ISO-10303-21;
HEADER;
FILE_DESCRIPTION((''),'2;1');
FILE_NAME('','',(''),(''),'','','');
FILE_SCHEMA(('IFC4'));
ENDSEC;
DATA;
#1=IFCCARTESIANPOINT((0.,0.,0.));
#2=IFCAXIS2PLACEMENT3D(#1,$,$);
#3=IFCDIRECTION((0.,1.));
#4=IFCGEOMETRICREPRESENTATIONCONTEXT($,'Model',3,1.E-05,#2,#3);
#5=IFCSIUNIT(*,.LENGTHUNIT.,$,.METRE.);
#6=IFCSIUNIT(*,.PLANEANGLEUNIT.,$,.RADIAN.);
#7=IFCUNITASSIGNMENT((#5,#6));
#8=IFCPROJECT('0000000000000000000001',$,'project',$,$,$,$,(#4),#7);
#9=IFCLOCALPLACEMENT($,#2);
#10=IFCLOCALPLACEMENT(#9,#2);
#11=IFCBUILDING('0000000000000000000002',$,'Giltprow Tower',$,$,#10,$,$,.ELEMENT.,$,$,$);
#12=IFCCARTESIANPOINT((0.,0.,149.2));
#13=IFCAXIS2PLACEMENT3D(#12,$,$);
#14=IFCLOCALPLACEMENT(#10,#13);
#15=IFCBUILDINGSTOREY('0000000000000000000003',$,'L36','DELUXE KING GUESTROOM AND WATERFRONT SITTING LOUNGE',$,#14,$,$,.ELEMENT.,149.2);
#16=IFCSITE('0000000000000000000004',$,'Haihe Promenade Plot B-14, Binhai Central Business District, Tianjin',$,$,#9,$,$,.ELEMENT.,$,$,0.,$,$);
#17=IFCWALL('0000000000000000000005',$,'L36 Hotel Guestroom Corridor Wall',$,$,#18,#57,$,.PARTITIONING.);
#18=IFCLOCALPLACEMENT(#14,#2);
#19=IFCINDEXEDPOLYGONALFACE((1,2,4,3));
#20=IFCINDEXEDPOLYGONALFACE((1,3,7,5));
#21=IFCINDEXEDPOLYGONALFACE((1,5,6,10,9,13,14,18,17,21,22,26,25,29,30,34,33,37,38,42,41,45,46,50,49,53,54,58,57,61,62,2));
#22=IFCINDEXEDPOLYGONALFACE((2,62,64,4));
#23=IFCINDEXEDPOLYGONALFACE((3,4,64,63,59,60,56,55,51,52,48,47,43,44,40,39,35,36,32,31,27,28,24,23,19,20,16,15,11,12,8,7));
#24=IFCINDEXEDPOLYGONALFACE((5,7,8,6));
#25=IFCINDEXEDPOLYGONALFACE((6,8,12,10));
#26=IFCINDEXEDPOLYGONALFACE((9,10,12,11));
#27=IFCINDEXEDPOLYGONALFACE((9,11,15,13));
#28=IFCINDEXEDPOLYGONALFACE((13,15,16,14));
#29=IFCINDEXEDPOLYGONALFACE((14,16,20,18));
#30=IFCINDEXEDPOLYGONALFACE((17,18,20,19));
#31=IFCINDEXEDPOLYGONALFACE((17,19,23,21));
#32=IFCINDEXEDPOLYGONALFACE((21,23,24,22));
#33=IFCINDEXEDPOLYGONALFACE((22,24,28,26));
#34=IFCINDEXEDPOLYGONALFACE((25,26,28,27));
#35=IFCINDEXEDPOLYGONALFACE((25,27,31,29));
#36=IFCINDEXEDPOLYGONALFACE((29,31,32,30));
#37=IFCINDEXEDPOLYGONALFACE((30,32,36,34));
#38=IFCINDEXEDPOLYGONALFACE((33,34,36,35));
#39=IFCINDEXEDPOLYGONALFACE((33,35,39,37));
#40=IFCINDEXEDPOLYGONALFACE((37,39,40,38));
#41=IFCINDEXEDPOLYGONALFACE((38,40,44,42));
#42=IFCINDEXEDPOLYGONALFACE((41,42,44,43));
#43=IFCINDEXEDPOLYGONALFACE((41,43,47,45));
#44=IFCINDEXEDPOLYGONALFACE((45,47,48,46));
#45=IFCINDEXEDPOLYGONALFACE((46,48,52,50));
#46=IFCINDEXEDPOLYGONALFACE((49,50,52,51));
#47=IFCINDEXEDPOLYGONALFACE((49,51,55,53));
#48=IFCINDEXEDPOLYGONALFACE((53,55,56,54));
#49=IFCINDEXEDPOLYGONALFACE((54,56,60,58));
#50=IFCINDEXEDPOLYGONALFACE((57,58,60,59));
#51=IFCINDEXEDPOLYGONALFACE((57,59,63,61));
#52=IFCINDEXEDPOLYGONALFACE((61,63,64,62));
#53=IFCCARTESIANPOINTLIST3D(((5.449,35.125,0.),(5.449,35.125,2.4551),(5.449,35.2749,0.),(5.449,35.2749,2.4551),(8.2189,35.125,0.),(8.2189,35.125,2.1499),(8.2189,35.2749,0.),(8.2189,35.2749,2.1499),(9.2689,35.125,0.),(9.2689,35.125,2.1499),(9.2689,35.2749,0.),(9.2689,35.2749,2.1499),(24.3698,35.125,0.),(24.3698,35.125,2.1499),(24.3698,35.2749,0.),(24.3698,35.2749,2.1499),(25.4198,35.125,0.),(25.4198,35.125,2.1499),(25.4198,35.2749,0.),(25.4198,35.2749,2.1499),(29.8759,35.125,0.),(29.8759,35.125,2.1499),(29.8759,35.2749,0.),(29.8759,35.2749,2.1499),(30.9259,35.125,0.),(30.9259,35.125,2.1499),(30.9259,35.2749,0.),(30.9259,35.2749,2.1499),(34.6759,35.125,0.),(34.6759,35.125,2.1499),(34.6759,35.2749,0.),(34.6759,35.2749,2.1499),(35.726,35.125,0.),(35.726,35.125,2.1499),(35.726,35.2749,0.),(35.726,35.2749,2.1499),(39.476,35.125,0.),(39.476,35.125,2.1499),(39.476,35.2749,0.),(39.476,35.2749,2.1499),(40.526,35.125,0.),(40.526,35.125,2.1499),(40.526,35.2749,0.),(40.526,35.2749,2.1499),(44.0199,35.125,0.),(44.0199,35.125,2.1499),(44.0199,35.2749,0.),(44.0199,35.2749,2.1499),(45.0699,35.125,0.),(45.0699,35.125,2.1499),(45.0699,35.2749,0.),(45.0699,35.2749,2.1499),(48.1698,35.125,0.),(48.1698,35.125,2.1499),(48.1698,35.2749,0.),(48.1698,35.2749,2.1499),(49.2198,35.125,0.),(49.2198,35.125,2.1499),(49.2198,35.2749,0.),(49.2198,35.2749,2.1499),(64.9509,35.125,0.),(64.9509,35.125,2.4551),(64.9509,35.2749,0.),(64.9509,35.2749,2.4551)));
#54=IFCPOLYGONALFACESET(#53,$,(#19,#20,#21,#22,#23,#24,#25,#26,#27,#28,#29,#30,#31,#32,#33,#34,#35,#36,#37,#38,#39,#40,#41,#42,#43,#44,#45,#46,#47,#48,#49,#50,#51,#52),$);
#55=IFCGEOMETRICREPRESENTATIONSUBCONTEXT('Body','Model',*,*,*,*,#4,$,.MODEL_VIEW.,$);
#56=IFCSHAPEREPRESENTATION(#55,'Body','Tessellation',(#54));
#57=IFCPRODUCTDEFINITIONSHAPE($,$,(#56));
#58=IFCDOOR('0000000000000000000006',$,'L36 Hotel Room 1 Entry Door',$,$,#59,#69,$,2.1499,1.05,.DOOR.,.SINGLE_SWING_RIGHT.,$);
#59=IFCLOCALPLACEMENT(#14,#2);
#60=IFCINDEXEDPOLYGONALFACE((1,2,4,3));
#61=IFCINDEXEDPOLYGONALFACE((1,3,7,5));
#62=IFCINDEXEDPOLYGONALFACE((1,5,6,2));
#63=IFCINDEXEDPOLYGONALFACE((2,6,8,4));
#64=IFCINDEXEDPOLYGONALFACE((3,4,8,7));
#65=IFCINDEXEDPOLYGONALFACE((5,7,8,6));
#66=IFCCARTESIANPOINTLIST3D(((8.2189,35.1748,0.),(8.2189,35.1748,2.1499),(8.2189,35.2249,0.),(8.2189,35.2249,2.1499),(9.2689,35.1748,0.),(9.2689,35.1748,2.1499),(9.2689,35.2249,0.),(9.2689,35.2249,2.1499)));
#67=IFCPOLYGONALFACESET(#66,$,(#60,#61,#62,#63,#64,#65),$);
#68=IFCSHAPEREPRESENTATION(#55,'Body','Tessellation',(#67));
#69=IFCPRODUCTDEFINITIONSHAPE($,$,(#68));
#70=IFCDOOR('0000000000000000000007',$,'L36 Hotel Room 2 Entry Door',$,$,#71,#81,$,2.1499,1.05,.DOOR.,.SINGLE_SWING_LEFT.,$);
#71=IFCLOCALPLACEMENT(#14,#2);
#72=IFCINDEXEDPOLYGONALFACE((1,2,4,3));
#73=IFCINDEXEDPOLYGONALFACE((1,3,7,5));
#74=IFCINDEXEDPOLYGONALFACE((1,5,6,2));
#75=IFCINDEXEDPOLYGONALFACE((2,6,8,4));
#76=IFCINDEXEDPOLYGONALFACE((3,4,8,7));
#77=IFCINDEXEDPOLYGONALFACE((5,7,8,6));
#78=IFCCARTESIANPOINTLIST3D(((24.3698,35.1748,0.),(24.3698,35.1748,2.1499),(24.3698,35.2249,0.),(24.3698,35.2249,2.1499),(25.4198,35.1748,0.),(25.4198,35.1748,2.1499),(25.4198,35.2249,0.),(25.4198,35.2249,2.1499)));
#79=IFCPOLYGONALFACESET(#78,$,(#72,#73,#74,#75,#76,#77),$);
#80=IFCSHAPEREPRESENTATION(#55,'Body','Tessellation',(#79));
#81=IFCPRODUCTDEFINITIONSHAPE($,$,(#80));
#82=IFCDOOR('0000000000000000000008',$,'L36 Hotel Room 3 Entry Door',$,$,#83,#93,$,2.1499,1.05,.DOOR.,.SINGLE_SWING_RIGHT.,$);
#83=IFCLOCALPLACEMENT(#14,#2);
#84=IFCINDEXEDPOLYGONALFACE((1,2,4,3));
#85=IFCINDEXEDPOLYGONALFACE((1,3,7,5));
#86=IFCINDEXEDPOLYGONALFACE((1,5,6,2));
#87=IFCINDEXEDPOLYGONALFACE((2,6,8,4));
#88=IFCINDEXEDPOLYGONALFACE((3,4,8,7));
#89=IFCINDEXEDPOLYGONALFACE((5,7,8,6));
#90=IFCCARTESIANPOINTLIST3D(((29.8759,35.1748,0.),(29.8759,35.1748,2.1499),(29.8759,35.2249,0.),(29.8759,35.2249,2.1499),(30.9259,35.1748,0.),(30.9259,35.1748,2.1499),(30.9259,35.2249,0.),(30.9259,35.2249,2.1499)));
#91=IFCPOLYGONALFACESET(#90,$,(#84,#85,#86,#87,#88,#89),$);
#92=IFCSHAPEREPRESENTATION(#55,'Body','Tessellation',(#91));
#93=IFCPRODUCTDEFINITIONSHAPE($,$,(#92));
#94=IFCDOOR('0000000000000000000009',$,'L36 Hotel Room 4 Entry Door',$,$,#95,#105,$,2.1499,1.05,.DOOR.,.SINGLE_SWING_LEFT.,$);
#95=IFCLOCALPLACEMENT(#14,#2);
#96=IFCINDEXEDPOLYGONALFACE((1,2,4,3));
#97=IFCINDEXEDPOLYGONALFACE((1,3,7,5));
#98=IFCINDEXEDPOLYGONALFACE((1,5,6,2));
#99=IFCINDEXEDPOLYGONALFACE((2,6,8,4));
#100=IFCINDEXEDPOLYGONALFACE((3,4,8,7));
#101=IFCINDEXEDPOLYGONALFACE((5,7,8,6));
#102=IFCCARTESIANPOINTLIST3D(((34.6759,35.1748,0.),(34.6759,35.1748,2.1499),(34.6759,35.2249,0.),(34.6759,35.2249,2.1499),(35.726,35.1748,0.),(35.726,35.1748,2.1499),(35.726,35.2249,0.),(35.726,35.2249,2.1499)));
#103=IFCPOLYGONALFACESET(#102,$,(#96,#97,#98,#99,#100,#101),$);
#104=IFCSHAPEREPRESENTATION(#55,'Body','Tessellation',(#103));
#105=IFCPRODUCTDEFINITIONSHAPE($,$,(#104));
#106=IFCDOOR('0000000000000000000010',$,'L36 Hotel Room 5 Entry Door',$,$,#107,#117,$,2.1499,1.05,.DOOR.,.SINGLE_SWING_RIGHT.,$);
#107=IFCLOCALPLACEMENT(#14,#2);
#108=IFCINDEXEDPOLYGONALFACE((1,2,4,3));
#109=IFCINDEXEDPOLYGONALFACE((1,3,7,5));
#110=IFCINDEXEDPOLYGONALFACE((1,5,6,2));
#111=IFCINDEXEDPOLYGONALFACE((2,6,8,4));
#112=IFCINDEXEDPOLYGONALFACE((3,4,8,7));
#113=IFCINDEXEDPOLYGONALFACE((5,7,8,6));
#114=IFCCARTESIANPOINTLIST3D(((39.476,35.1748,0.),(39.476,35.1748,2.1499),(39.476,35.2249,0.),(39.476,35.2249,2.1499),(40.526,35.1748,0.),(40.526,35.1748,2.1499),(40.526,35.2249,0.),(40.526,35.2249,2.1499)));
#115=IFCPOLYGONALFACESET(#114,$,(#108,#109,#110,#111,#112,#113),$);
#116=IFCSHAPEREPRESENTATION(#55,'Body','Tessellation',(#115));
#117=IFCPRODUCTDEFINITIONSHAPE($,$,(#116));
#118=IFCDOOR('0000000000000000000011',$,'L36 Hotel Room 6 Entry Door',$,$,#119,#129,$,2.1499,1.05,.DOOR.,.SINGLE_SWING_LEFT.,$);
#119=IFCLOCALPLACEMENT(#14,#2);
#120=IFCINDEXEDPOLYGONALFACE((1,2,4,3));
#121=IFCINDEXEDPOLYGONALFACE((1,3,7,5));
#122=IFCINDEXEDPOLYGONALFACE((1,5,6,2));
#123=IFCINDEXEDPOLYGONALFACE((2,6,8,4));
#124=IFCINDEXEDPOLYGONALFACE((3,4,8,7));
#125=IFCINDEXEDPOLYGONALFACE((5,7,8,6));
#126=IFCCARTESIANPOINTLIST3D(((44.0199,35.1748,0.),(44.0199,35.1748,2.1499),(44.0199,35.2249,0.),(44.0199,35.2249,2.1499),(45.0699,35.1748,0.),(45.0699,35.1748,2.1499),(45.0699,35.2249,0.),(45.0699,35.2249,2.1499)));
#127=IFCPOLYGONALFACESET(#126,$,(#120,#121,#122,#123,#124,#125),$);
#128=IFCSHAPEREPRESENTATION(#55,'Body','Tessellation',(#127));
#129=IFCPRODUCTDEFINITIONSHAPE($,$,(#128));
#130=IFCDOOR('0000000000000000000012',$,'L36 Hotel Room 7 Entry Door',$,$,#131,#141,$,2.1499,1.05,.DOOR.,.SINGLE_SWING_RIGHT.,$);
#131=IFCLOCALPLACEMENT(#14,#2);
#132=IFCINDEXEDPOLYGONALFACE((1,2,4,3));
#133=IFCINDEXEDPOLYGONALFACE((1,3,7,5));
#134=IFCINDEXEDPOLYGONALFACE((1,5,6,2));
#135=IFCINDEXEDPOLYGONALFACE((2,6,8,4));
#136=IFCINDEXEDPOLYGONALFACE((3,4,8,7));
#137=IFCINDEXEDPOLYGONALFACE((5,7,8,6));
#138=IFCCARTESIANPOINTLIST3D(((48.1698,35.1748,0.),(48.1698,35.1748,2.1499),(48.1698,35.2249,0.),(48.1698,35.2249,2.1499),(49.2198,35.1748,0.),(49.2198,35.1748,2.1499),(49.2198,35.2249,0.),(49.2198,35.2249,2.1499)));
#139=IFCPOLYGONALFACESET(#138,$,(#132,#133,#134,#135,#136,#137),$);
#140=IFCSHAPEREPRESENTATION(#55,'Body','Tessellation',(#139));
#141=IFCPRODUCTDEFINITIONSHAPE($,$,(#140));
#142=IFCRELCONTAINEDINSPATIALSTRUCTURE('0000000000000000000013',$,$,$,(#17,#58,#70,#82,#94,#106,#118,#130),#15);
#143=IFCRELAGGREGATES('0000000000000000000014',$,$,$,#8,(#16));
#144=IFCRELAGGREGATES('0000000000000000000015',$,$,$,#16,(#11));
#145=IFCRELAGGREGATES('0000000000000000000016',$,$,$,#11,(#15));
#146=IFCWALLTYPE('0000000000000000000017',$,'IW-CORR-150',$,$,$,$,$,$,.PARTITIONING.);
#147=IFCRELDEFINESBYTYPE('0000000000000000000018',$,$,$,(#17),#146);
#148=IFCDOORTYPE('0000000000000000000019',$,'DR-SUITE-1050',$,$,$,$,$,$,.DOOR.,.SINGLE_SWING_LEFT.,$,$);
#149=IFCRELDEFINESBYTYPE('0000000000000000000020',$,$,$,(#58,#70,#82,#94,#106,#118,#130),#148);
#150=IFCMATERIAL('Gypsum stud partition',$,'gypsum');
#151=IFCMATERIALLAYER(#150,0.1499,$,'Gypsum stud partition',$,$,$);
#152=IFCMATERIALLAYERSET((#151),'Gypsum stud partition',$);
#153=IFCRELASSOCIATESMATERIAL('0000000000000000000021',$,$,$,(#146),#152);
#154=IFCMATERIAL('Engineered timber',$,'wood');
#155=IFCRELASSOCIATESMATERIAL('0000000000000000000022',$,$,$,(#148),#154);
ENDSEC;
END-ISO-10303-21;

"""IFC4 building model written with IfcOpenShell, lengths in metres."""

from ifc_helpers import new_model, si_unit, direction, frame, frame_2d, origin, place, context, subcontext, project, spatial, rectangle, extrude, source, transform, mapped, material, layer, layer_set, type_object, element, fill, save


model = new_model("IFC4")

# Units and contexts
model_context = context("Model", 3, precision=1e-05, world=origin(), true_north=direction((0.0, 1.0)))
body_context = subcontext(model_context, "Body", "Model", "MODEL_VIEW")
ifc_project = project(units=[si_unit("LENGTHUNIT", "METRE"), si_unit("PLANEANGLEUNIT", "RADIAN")], contexts=[model_context])

# Site, building, storey
site_placement = place(None, origin())
site = spatial("IfcSite", under=ifc_project, at=site_placement, Name="Haihe Promenade Plot B-14, Binhai Central Business District, Tianjin", CompositionType="ELEMENT", RefElevation=0.0)
building_placement = place(site_placement, origin())
building = spatial("IfcBuilding", under=site, at=building_placement, Name="Giltprow Tower", CompositionType="ELEMENT")
storey_placement = place(building_placement, frame((0.0, 0.0, 149.2)))
storey = spatial("IfcBuildingStorey", under=building, at=storey_placement, Name="L36", Description="DELUXE KING GUESTROOM AND WATERFRONT SITTING LOUNGE", CompositionType="ELEMENT", Elevation=149.2)

# Wall, openings, doors
ifc_material_1 = material(Name="Gypsum stud partition", Category="gypsum")
ifc_layer_1 = layer(ifc_material_1, 0.1499, Name="Gypsum stud partition")
ifc_layer_set_1 = layer_set([ifc_layer_1], Name="Gypsum stud partition")
wall_type_1 = type_object("IfcWallType", Name="IW-CORR-150", PredefinedType="PARTITIONING", material=ifc_layer_set_1)
wall_1_placement = place(storey_placement, frame((5.449, 35.2, 0.0), z_axis=(0.0, 0.0, 1.0), x_axis=(1.0, 0.0, 0.0)))
wall_1 = element("IfcWall", 1, at=wall_1_placement, inside=storey, type_object=wall_type_1, Name="L36 Hotel Guestroom Corridor Wall", PredefinedType="PARTITIONING", context=body_context, shape_type="SweptSolid", body=[
    extrude(rectangle(XDim=59.502, YDim=0.1499, at=frame_2d((29.751, 0.0))), origin(), (0.0, 0.0, 1.0), 2.4551),
])
opening_1_placement = place(wall_1_placement, frame((2.77, 0.0, 0.0)))
opening_1 = element("IfcOpeningElement", 2, at=opening_1_placement, cuts=wall_1, PredefinedType="OPENING", context=body_context, shape_type="SweptSolid", body=[
    extrude(rectangle(XDim=1.05, YDim=2.1499, at=frame_2d((0.5249, 1.075))), frame((0.0, 0.085, 0.0), z_axis=(0.0, -1.0, 0.0), x_axis=(1.0, 0.0, 0.0)), (0.0, 0.0, 1.0), 0.1699),
])
opening_2_placement = place(wall_1_placement, frame((18.9209, 0.0, 0.0)))
opening_2 = element("IfcOpeningElement", 3, at=opening_2_placement, cuts=wall_1, PredefinedType="OPENING", context=body_context, shape_type="SweptSolid", body=[
    extrude(rectangle(XDim=1.05, YDim=2.1499, at=frame_2d((0.5249, 1.075))), frame((0.0, 0.085, 0.0), z_axis=(0.0, -1.0, 0.0), x_axis=(1.0, 0.0, 0.0)), (0.0, 0.0, 1.0), 0.1699),
])
opening_3_placement = place(wall_1_placement, frame((24.427, 0.0, 0.0)))
opening_3 = element("IfcOpeningElement", 4, at=opening_3_placement, cuts=wall_1, PredefinedType="OPENING", context=body_context, shape_type="SweptSolid", body=[
    extrude(rectangle(XDim=1.05, YDim=2.1499, at=frame_2d((0.5249, 1.075))), frame((0.0, 0.085, 0.0), z_axis=(0.0, -1.0, 0.0), x_axis=(1.0, 0.0, 0.0)), (0.0, 0.0, 1.0), 0.1699),
])
opening_4_placement = place(wall_1_placement, frame((29.2271, 0.0, 0.0)))
opening_4 = element("IfcOpeningElement", 5, at=opening_4_placement, cuts=wall_1, PredefinedType="OPENING", context=body_context, shape_type="SweptSolid", body=[
    extrude(rectangle(XDim=1.05, YDim=2.1499, at=frame_2d((0.5249, 1.075))), frame((0.0, 0.085, 0.0), z_axis=(0.0, -1.0, 0.0), x_axis=(1.0, 0.0, 0.0)), (0.0, 0.0, 1.0), 0.1699),
])
opening_5_placement = place(wall_1_placement, frame((34.0271, 0.0, 0.0)))
opening_5 = element("IfcOpeningElement", 6, at=opening_5_placement, cuts=wall_1, PredefinedType="OPENING", context=body_context, shape_type="SweptSolid", body=[
    extrude(rectangle(XDim=1.05, YDim=2.1499, at=frame_2d((0.5249, 1.075))), frame((0.0, 0.085, 0.0), z_axis=(0.0, -1.0, 0.0), x_axis=(1.0, 0.0, 0.0)), (0.0, 0.0, 1.0), 0.1699),
])
opening_6_placement = place(wall_1_placement, frame((38.571, 0.0, 0.0)))
opening_6 = element("IfcOpeningElement", 7, at=opening_6_placement, cuts=wall_1, PredefinedType="OPENING", context=body_context, shape_type="SweptSolid", body=[
    extrude(rectangle(XDim=1.05, YDim=2.1499, at=frame_2d((0.5249, 1.075))), frame((0.0, 0.085, 0.0), z_axis=(0.0, -1.0, 0.0), x_axis=(1.0, 0.0, 0.0)), (0.0, 0.0, 1.0), 0.1699),
])
opening_7_placement = place(wall_1_placement, frame((42.7209, 0.0, 0.0)))
opening_7 = element("IfcOpeningElement", 8, at=opening_7_placement, cuts=wall_1, PredefinedType="OPENING", context=body_context, shape_type="SweptSolid", body=[
    extrude(rectangle(XDim=1.05, YDim=2.1499, at=frame_2d((0.5249, 1.075))), frame((0.0, 0.085, 0.0), z_axis=(0.0, -1.0, 0.0), x_axis=(1.0, 0.0, 0.0)), (0.0, 0.0, 1.0), 0.1699),
])
ifc_material_2 = material(Name="Engineered timber", Category="wood")
door_type_1 = type_object("IfcDoorType", Name="DR-SUITE-1050", OperationType="SINGLE_SWING_LEFT", PredefinedType="DOOR", material=ifc_material_2)
shared_shape_1 = source(origin(), body_context, "Body", "SweptSolid", [
    extrude(rectangle(XDim=1.05, YDim=2.1499, at=frame_2d((0.5249, 1.075))), frame((0.0, 0.0249, 0.0), z_axis=(0.0, -1.0, 0.0), x_axis=(1.0, 0.0, 0.0)), (0.0, 0.0, 1.0), 0.05),
])
door_1_placement = place(opening_1_placement, origin())
door_1 = element("IfcDoor", 9, at=door_1_placement, inside=storey, type_object=door_type_1, Name="L36 Hotel Room 1 Entry Door", OperationType="SINGLE_SWING_RIGHT", OverallHeight=2.1499, OverallWidth=1.05, PredefinedType="DOOR", context=body_context, shape_type="MappedRepresentation", body=[
    mapped(shared_shape_1, transform((0.0, 0.0, 0.0), x_axis=(1.0, 0.0, 0.0), y_axis=(0.0, 1.0, 0.0), z_axis=(0.0, 0.0, 1.0), scale=1.0)),
])
fill(opening_1, door_1)
door_2_placement = place(opening_2_placement, origin())
door_2 = element("IfcDoor", 10, at=door_2_placement, inside=storey, type_object=door_type_1, Name="L36 Hotel Room 2 Entry Door", OperationType="SINGLE_SWING_LEFT", OverallHeight=2.1499, OverallWidth=1.05, PredefinedType="DOOR", context=body_context, shape_type="MappedRepresentation", body=[
    mapped(shared_shape_1, transform((0.0, 0.0, 0.0), x_axis=(1.0, 0.0, 0.0), y_axis=(0.0, 1.0, 0.0), z_axis=(0.0, 0.0, 1.0), scale=1.0)),
])
fill(opening_2, door_2)
door_3_placement = place(opening_3_placement, origin())
door_3 = element("IfcDoor", 11, at=door_3_placement, inside=storey, type_object=door_type_1, Name="L36 Hotel Room 3 Entry Door", OperationType="SINGLE_SWING_RIGHT", OverallHeight=2.1499, OverallWidth=1.05, PredefinedType="DOOR", context=body_context, shape_type="MappedRepresentation", body=[
    mapped(shared_shape_1, transform((0.0, 0.0, 0.0), x_axis=(1.0, 0.0, 0.0), y_axis=(0.0, 1.0, 0.0), z_axis=(0.0, 0.0, 1.0), scale=1.0)),
])
fill(opening_3, door_3)
door_4_placement = place(opening_4_placement, origin())
door_4 = element("IfcDoor", 12, at=door_4_placement, inside=storey, type_object=door_type_1, Name="L36 Hotel Room 4 Entry Door", OperationType="SINGLE_SWING_LEFT", OverallHeight=2.1499, OverallWidth=1.05, PredefinedType="DOOR", context=body_context, shape_type="MappedRepresentation", body=[
    mapped(shared_shape_1, transform((0.0, 0.0, 0.0), x_axis=(1.0, 0.0, 0.0), y_axis=(0.0, 1.0, 0.0), z_axis=(0.0, 0.0, 1.0), scale=1.0)),
])
fill(opening_4, door_4)
door_5_placement = place(opening_5_placement, origin())
door_5 = element("IfcDoor", 13, at=door_5_placement, inside=storey, type_object=door_type_1, Name="L36 Hotel Room 5 Entry Door", OperationType="SINGLE_SWING_RIGHT", OverallHeight=2.1499, OverallWidth=1.05, PredefinedType="DOOR", context=body_context, shape_type="MappedRepresentation", body=[
    mapped(shared_shape_1, transform((0.0, 0.0, 0.0), x_axis=(1.0, 0.0, 0.0), y_axis=(0.0, 1.0, 0.0), z_axis=(0.0, 0.0, 1.0), scale=1.0)),
])
fill(opening_5, door_5)
door_6_placement = place(opening_6_placement, origin())
door_6 = element("IfcDoor", 14, at=door_6_placement, inside=storey, type_object=door_type_1, Name="L36 Hotel Room 6 Entry Door", OperationType="SINGLE_SWING_LEFT", OverallHeight=2.1499, OverallWidth=1.05, PredefinedType="DOOR", context=body_context, shape_type="MappedRepresentation", body=[
    mapped(shared_shape_1, transform((0.0, 0.0, 0.0), x_axis=(1.0, 0.0, 0.0), y_axis=(0.0, 1.0, 0.0), z_axis=(0.0, 0.0, 1.0), scale=1.0)),
])
fill(opening_6, door_6)
door_7_placement = place(opening_7_placement, origin())
door_7 = element("IfcDoor", 15, at=door_7_placement, inside=storey, type_object=door_type_1, Name="L36 Hotel Room 7 Entry Door", OperationType="SINGLE_SWING_RIGHT", OverallHeight=2.1499, OverallWidth=1.05, PredefinedType="DOOR", context=body_context, shape_type="MappedRepresentation", body=[
    mapped(shared_shape_1, transform((0.0, 0.0, 0.0), x_axis=(1.0, 0.0, 0.0), y_axis=(0.0, 1.0, 0.0), z_axis=(0.0, 0.0, 1.0), scale=1.0)),
])
fill(opening_7, door_7)

save(model, "model.ifc")
